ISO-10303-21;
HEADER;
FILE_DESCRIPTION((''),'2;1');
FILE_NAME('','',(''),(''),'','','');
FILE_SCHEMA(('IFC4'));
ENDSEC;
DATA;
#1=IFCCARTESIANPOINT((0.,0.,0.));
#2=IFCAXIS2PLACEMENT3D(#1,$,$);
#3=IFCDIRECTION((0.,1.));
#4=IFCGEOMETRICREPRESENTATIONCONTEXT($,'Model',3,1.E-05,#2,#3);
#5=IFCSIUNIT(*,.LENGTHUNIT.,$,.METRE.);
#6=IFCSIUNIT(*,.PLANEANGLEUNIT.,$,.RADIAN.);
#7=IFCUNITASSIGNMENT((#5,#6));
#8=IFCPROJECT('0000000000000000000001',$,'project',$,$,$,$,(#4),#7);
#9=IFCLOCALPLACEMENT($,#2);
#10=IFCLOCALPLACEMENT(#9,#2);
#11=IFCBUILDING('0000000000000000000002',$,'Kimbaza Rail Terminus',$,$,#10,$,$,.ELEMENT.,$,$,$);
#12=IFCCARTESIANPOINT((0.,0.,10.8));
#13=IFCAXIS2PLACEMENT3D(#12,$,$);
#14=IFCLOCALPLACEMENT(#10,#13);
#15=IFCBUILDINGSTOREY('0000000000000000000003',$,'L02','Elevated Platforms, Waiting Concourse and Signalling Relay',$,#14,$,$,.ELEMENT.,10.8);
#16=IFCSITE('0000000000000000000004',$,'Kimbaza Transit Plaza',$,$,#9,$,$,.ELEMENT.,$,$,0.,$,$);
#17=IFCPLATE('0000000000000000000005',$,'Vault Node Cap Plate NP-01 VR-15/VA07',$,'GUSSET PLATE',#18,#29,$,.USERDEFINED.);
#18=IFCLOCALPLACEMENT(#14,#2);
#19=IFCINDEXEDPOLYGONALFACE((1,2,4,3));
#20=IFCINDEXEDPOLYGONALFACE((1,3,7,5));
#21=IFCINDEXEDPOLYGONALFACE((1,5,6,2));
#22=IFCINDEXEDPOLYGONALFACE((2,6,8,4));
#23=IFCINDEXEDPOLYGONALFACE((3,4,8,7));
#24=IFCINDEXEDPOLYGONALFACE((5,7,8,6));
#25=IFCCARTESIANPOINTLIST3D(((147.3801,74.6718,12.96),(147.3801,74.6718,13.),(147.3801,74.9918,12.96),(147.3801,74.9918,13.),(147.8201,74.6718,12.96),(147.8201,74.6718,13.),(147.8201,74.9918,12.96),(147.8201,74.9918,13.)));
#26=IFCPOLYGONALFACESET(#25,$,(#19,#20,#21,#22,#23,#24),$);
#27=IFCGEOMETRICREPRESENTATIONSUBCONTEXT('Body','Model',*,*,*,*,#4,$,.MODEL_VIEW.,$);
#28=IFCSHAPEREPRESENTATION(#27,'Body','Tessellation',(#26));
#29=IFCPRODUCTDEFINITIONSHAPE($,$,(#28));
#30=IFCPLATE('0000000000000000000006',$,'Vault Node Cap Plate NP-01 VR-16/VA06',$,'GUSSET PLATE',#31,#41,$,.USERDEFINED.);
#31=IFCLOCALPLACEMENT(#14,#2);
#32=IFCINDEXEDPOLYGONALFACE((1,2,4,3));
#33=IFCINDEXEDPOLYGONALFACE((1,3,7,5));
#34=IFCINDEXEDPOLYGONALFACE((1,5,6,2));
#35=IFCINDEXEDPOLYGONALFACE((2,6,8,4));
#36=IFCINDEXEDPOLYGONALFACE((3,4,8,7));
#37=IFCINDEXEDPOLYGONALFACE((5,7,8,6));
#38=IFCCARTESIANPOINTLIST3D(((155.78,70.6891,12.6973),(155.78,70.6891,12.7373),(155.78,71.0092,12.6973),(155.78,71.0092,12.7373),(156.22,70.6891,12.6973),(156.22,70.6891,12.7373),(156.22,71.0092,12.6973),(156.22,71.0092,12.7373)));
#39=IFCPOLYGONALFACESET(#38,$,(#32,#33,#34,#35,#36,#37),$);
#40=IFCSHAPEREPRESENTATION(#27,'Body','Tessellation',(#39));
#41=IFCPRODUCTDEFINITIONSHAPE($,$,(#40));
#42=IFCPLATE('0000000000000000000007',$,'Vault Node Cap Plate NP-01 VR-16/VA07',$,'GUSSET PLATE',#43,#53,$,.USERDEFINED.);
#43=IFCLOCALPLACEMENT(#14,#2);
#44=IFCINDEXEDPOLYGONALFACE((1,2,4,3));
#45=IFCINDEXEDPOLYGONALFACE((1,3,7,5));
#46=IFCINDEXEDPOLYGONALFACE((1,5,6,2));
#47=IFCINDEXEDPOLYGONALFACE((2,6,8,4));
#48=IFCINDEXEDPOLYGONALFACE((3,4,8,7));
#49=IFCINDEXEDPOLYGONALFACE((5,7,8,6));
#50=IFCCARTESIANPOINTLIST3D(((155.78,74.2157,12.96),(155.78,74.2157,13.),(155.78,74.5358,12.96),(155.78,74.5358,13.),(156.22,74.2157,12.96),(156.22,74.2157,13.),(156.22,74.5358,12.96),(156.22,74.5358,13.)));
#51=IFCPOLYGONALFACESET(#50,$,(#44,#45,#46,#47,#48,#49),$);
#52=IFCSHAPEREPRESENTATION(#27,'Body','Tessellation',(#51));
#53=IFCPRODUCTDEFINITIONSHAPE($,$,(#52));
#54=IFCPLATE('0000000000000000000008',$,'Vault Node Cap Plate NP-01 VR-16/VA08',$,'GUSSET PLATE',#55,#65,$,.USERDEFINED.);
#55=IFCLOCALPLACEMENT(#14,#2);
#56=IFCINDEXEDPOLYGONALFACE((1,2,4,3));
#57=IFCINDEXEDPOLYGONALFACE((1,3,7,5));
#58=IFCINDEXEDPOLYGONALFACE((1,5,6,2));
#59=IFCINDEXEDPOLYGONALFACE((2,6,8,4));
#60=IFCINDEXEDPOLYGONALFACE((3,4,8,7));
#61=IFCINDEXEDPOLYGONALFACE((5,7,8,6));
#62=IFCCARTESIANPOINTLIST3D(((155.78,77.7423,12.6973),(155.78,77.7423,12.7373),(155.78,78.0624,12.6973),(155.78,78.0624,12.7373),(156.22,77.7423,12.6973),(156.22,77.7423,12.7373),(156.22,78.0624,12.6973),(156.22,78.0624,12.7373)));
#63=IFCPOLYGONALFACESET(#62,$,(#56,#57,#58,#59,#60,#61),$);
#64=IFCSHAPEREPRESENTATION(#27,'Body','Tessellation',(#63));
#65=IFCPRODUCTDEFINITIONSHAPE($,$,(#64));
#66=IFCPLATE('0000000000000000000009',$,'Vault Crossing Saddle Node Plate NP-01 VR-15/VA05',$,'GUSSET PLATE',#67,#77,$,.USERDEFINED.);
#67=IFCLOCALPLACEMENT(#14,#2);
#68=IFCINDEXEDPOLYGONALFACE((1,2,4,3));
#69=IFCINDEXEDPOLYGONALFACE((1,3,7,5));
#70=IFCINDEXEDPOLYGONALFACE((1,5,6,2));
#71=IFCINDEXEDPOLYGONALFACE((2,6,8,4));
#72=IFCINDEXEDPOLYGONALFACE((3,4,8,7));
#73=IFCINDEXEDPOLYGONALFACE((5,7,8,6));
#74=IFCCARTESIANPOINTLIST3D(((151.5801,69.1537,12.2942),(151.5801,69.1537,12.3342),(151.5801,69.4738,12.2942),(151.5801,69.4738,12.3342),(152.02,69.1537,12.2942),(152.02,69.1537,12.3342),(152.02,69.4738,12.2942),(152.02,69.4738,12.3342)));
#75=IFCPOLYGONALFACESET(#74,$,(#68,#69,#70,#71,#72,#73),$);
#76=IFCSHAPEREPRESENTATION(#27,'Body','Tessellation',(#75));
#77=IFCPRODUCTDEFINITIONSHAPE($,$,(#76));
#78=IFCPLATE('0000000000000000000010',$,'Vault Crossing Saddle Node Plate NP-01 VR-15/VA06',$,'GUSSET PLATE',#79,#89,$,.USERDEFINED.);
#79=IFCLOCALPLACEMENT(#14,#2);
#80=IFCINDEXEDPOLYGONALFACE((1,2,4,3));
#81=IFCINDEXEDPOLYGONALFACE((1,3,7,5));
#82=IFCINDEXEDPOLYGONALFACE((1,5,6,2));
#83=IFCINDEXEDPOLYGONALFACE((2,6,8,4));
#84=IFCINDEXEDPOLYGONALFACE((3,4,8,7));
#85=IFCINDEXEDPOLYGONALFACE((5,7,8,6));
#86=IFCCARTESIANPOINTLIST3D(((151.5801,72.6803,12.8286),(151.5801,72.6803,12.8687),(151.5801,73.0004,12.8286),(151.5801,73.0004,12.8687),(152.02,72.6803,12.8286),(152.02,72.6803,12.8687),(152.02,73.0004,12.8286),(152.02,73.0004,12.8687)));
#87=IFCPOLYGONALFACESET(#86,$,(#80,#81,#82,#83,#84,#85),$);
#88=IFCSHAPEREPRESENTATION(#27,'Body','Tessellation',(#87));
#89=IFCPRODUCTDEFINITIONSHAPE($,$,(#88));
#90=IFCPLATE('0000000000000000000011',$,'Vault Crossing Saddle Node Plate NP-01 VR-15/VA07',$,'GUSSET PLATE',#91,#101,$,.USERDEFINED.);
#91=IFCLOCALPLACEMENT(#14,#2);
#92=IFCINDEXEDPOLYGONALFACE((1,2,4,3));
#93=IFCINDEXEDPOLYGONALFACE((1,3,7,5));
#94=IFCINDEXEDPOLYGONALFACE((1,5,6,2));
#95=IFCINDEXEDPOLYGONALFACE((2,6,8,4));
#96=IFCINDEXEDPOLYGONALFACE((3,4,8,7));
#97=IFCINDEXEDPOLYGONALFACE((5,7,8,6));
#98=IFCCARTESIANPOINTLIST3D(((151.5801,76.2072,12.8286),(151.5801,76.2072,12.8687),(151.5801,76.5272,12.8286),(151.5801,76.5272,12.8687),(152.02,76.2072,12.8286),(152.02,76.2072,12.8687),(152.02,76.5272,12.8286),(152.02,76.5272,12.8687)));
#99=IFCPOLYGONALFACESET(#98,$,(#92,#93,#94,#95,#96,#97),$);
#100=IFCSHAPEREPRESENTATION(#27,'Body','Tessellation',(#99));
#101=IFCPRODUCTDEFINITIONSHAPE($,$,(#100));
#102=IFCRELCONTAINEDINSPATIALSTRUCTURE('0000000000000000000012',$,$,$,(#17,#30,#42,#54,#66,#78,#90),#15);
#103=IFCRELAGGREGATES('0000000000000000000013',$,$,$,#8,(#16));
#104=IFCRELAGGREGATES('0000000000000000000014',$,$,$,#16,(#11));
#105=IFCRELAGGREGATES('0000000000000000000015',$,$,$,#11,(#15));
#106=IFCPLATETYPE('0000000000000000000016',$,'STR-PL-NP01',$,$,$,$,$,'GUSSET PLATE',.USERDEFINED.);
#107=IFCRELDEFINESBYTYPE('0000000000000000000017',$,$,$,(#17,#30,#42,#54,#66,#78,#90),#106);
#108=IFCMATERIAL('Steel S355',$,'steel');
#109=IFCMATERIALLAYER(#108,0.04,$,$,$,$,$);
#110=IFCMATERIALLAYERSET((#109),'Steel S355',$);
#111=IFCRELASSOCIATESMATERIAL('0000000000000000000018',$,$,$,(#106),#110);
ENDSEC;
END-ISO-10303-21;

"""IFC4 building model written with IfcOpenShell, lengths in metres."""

from ifc_helpers import new_model, si_unit, direction, frame, origin, origin_2d, place, context, subcontext, project, spatial, rectangle, extrude, material, layer, layer_set, type_object, element, save


model = new_model("IFC4")

# Units and contexts
model_context = context("Model", 3, precision=1e-05, world=origin(), true_north=direction((0.0, 1.0)))
body_context = subcontext(model_context, "Body", "Model", "MODEL_VIEW")
ifc_project = project(units=[si_unit("LENGTHUNIT", "METRE"), si_unit("PLANEANGLEUNIT", "RADIAN")], contexts=[model_context])

# Site, building, storey
site_placement = place(None, origin())
site = spatial("IfcSite", under=ifc_project, at=site_placement, Name="Kimbaza Transit Plaza", CompositionType="ELEMENT", RefElevation=0.0)
building_placement = place(site_placement, origin())
building = spatial("IfcBuilding", under=site, at=building_placement, Name="Kimbaza Rail Terminus", CompositionType="ELEMENT")
storey_placement = place(building_placement, frame((0.0, 0.0, 10.8)))
storey = spatial("IfcBuildingStorey", under=building, at=storey_placement, Name="L02", Description="Elevated Platforms, Waiting Concourse and Signalling Relay", CompositionType="ELEMENT", Elevation=10.8)

# Plates
ifc_material_1 = material(Name="Steel S355", Category="steel")
ifc_layer_1 = layer(ifc_material_1, 0.04)
ifc_layer_set_1 = layer_set([ifc_layer_1], Name="Steel S355")
plate_type_1 = type_object("IfcPlateType", Name="STR-PL-NP01", ElementType="GUSSET PLATE", PredefinedType="USERDEFINED", material=ifc_layer_set_1)
for number, where, z_axis, x_axis, name in (
    (1, (147.6001, 74.8318, 12.96), (0.0, 0.0, 1.0), (1.0, 0.0, 0.0), "Vault Node Cap Plate NP-01 VR-15/VA07"),
    (2, (156.0, 70.8491, 12.6973), (0.0, 0.0, 1.0), (1.0, 0.0, 0.0), "Vault Node Cap Plate NP-01 VR-16/VA06"),
    (3, (156.0, 74.3757, 12.96), (0.0, 0.0, 1.0), (1.0, 0.0, 0.0), "Vault Node Cap Plate NP-01 VR-16/VA07"),
    (4, (156.0, 77.9023, 12.6973), (0.0, 0.0, 1.0), (1.0, 0.0, 0.0), "Vault Node Cap Plate NP-01 VR-16/VA08"),
    (5, (151.8, 69.3137, 12.2942), (0.0, 0.0, 1.0), (1.0, 0.0, 0.0), "Vault Crossing Saddle Node Plate NP-01 VR-15/VA05"),
    (6, (151.8, 72.8403, 12.8286), (0.0, 0.0, 1.0), (1.0, 0.0, 0.0), "Vault Crossing Saddle Node Plate NP-01 VR-15/VA06"),
    (7, (151.8, 76.3672, 12.8286), (0.0, 0.0, 1.0), (1.0, 0.0, 0.0), "Vault Crossing Saddle Node Plate NP-01 VR-15/VA07"),
):
    element("IfcPlate", number, at=place(storey_placement, frame(where, z_axis=z_axis, x_axis=x_axis)), inside=storey, type_object=plate_type_1, Name=name, ObjectType="GUSSET PLATE", PredefinedType="USERDEFINED", context=body_context, shape_type="SweptSolid", body=[
        extrude(rectangle(XDim=0.4399, YDim=0.3201, at=origin_2d()), origin(), (0.0, 0.0, 1.0), 0.04),
    ])

save(model, "model.ifc")
